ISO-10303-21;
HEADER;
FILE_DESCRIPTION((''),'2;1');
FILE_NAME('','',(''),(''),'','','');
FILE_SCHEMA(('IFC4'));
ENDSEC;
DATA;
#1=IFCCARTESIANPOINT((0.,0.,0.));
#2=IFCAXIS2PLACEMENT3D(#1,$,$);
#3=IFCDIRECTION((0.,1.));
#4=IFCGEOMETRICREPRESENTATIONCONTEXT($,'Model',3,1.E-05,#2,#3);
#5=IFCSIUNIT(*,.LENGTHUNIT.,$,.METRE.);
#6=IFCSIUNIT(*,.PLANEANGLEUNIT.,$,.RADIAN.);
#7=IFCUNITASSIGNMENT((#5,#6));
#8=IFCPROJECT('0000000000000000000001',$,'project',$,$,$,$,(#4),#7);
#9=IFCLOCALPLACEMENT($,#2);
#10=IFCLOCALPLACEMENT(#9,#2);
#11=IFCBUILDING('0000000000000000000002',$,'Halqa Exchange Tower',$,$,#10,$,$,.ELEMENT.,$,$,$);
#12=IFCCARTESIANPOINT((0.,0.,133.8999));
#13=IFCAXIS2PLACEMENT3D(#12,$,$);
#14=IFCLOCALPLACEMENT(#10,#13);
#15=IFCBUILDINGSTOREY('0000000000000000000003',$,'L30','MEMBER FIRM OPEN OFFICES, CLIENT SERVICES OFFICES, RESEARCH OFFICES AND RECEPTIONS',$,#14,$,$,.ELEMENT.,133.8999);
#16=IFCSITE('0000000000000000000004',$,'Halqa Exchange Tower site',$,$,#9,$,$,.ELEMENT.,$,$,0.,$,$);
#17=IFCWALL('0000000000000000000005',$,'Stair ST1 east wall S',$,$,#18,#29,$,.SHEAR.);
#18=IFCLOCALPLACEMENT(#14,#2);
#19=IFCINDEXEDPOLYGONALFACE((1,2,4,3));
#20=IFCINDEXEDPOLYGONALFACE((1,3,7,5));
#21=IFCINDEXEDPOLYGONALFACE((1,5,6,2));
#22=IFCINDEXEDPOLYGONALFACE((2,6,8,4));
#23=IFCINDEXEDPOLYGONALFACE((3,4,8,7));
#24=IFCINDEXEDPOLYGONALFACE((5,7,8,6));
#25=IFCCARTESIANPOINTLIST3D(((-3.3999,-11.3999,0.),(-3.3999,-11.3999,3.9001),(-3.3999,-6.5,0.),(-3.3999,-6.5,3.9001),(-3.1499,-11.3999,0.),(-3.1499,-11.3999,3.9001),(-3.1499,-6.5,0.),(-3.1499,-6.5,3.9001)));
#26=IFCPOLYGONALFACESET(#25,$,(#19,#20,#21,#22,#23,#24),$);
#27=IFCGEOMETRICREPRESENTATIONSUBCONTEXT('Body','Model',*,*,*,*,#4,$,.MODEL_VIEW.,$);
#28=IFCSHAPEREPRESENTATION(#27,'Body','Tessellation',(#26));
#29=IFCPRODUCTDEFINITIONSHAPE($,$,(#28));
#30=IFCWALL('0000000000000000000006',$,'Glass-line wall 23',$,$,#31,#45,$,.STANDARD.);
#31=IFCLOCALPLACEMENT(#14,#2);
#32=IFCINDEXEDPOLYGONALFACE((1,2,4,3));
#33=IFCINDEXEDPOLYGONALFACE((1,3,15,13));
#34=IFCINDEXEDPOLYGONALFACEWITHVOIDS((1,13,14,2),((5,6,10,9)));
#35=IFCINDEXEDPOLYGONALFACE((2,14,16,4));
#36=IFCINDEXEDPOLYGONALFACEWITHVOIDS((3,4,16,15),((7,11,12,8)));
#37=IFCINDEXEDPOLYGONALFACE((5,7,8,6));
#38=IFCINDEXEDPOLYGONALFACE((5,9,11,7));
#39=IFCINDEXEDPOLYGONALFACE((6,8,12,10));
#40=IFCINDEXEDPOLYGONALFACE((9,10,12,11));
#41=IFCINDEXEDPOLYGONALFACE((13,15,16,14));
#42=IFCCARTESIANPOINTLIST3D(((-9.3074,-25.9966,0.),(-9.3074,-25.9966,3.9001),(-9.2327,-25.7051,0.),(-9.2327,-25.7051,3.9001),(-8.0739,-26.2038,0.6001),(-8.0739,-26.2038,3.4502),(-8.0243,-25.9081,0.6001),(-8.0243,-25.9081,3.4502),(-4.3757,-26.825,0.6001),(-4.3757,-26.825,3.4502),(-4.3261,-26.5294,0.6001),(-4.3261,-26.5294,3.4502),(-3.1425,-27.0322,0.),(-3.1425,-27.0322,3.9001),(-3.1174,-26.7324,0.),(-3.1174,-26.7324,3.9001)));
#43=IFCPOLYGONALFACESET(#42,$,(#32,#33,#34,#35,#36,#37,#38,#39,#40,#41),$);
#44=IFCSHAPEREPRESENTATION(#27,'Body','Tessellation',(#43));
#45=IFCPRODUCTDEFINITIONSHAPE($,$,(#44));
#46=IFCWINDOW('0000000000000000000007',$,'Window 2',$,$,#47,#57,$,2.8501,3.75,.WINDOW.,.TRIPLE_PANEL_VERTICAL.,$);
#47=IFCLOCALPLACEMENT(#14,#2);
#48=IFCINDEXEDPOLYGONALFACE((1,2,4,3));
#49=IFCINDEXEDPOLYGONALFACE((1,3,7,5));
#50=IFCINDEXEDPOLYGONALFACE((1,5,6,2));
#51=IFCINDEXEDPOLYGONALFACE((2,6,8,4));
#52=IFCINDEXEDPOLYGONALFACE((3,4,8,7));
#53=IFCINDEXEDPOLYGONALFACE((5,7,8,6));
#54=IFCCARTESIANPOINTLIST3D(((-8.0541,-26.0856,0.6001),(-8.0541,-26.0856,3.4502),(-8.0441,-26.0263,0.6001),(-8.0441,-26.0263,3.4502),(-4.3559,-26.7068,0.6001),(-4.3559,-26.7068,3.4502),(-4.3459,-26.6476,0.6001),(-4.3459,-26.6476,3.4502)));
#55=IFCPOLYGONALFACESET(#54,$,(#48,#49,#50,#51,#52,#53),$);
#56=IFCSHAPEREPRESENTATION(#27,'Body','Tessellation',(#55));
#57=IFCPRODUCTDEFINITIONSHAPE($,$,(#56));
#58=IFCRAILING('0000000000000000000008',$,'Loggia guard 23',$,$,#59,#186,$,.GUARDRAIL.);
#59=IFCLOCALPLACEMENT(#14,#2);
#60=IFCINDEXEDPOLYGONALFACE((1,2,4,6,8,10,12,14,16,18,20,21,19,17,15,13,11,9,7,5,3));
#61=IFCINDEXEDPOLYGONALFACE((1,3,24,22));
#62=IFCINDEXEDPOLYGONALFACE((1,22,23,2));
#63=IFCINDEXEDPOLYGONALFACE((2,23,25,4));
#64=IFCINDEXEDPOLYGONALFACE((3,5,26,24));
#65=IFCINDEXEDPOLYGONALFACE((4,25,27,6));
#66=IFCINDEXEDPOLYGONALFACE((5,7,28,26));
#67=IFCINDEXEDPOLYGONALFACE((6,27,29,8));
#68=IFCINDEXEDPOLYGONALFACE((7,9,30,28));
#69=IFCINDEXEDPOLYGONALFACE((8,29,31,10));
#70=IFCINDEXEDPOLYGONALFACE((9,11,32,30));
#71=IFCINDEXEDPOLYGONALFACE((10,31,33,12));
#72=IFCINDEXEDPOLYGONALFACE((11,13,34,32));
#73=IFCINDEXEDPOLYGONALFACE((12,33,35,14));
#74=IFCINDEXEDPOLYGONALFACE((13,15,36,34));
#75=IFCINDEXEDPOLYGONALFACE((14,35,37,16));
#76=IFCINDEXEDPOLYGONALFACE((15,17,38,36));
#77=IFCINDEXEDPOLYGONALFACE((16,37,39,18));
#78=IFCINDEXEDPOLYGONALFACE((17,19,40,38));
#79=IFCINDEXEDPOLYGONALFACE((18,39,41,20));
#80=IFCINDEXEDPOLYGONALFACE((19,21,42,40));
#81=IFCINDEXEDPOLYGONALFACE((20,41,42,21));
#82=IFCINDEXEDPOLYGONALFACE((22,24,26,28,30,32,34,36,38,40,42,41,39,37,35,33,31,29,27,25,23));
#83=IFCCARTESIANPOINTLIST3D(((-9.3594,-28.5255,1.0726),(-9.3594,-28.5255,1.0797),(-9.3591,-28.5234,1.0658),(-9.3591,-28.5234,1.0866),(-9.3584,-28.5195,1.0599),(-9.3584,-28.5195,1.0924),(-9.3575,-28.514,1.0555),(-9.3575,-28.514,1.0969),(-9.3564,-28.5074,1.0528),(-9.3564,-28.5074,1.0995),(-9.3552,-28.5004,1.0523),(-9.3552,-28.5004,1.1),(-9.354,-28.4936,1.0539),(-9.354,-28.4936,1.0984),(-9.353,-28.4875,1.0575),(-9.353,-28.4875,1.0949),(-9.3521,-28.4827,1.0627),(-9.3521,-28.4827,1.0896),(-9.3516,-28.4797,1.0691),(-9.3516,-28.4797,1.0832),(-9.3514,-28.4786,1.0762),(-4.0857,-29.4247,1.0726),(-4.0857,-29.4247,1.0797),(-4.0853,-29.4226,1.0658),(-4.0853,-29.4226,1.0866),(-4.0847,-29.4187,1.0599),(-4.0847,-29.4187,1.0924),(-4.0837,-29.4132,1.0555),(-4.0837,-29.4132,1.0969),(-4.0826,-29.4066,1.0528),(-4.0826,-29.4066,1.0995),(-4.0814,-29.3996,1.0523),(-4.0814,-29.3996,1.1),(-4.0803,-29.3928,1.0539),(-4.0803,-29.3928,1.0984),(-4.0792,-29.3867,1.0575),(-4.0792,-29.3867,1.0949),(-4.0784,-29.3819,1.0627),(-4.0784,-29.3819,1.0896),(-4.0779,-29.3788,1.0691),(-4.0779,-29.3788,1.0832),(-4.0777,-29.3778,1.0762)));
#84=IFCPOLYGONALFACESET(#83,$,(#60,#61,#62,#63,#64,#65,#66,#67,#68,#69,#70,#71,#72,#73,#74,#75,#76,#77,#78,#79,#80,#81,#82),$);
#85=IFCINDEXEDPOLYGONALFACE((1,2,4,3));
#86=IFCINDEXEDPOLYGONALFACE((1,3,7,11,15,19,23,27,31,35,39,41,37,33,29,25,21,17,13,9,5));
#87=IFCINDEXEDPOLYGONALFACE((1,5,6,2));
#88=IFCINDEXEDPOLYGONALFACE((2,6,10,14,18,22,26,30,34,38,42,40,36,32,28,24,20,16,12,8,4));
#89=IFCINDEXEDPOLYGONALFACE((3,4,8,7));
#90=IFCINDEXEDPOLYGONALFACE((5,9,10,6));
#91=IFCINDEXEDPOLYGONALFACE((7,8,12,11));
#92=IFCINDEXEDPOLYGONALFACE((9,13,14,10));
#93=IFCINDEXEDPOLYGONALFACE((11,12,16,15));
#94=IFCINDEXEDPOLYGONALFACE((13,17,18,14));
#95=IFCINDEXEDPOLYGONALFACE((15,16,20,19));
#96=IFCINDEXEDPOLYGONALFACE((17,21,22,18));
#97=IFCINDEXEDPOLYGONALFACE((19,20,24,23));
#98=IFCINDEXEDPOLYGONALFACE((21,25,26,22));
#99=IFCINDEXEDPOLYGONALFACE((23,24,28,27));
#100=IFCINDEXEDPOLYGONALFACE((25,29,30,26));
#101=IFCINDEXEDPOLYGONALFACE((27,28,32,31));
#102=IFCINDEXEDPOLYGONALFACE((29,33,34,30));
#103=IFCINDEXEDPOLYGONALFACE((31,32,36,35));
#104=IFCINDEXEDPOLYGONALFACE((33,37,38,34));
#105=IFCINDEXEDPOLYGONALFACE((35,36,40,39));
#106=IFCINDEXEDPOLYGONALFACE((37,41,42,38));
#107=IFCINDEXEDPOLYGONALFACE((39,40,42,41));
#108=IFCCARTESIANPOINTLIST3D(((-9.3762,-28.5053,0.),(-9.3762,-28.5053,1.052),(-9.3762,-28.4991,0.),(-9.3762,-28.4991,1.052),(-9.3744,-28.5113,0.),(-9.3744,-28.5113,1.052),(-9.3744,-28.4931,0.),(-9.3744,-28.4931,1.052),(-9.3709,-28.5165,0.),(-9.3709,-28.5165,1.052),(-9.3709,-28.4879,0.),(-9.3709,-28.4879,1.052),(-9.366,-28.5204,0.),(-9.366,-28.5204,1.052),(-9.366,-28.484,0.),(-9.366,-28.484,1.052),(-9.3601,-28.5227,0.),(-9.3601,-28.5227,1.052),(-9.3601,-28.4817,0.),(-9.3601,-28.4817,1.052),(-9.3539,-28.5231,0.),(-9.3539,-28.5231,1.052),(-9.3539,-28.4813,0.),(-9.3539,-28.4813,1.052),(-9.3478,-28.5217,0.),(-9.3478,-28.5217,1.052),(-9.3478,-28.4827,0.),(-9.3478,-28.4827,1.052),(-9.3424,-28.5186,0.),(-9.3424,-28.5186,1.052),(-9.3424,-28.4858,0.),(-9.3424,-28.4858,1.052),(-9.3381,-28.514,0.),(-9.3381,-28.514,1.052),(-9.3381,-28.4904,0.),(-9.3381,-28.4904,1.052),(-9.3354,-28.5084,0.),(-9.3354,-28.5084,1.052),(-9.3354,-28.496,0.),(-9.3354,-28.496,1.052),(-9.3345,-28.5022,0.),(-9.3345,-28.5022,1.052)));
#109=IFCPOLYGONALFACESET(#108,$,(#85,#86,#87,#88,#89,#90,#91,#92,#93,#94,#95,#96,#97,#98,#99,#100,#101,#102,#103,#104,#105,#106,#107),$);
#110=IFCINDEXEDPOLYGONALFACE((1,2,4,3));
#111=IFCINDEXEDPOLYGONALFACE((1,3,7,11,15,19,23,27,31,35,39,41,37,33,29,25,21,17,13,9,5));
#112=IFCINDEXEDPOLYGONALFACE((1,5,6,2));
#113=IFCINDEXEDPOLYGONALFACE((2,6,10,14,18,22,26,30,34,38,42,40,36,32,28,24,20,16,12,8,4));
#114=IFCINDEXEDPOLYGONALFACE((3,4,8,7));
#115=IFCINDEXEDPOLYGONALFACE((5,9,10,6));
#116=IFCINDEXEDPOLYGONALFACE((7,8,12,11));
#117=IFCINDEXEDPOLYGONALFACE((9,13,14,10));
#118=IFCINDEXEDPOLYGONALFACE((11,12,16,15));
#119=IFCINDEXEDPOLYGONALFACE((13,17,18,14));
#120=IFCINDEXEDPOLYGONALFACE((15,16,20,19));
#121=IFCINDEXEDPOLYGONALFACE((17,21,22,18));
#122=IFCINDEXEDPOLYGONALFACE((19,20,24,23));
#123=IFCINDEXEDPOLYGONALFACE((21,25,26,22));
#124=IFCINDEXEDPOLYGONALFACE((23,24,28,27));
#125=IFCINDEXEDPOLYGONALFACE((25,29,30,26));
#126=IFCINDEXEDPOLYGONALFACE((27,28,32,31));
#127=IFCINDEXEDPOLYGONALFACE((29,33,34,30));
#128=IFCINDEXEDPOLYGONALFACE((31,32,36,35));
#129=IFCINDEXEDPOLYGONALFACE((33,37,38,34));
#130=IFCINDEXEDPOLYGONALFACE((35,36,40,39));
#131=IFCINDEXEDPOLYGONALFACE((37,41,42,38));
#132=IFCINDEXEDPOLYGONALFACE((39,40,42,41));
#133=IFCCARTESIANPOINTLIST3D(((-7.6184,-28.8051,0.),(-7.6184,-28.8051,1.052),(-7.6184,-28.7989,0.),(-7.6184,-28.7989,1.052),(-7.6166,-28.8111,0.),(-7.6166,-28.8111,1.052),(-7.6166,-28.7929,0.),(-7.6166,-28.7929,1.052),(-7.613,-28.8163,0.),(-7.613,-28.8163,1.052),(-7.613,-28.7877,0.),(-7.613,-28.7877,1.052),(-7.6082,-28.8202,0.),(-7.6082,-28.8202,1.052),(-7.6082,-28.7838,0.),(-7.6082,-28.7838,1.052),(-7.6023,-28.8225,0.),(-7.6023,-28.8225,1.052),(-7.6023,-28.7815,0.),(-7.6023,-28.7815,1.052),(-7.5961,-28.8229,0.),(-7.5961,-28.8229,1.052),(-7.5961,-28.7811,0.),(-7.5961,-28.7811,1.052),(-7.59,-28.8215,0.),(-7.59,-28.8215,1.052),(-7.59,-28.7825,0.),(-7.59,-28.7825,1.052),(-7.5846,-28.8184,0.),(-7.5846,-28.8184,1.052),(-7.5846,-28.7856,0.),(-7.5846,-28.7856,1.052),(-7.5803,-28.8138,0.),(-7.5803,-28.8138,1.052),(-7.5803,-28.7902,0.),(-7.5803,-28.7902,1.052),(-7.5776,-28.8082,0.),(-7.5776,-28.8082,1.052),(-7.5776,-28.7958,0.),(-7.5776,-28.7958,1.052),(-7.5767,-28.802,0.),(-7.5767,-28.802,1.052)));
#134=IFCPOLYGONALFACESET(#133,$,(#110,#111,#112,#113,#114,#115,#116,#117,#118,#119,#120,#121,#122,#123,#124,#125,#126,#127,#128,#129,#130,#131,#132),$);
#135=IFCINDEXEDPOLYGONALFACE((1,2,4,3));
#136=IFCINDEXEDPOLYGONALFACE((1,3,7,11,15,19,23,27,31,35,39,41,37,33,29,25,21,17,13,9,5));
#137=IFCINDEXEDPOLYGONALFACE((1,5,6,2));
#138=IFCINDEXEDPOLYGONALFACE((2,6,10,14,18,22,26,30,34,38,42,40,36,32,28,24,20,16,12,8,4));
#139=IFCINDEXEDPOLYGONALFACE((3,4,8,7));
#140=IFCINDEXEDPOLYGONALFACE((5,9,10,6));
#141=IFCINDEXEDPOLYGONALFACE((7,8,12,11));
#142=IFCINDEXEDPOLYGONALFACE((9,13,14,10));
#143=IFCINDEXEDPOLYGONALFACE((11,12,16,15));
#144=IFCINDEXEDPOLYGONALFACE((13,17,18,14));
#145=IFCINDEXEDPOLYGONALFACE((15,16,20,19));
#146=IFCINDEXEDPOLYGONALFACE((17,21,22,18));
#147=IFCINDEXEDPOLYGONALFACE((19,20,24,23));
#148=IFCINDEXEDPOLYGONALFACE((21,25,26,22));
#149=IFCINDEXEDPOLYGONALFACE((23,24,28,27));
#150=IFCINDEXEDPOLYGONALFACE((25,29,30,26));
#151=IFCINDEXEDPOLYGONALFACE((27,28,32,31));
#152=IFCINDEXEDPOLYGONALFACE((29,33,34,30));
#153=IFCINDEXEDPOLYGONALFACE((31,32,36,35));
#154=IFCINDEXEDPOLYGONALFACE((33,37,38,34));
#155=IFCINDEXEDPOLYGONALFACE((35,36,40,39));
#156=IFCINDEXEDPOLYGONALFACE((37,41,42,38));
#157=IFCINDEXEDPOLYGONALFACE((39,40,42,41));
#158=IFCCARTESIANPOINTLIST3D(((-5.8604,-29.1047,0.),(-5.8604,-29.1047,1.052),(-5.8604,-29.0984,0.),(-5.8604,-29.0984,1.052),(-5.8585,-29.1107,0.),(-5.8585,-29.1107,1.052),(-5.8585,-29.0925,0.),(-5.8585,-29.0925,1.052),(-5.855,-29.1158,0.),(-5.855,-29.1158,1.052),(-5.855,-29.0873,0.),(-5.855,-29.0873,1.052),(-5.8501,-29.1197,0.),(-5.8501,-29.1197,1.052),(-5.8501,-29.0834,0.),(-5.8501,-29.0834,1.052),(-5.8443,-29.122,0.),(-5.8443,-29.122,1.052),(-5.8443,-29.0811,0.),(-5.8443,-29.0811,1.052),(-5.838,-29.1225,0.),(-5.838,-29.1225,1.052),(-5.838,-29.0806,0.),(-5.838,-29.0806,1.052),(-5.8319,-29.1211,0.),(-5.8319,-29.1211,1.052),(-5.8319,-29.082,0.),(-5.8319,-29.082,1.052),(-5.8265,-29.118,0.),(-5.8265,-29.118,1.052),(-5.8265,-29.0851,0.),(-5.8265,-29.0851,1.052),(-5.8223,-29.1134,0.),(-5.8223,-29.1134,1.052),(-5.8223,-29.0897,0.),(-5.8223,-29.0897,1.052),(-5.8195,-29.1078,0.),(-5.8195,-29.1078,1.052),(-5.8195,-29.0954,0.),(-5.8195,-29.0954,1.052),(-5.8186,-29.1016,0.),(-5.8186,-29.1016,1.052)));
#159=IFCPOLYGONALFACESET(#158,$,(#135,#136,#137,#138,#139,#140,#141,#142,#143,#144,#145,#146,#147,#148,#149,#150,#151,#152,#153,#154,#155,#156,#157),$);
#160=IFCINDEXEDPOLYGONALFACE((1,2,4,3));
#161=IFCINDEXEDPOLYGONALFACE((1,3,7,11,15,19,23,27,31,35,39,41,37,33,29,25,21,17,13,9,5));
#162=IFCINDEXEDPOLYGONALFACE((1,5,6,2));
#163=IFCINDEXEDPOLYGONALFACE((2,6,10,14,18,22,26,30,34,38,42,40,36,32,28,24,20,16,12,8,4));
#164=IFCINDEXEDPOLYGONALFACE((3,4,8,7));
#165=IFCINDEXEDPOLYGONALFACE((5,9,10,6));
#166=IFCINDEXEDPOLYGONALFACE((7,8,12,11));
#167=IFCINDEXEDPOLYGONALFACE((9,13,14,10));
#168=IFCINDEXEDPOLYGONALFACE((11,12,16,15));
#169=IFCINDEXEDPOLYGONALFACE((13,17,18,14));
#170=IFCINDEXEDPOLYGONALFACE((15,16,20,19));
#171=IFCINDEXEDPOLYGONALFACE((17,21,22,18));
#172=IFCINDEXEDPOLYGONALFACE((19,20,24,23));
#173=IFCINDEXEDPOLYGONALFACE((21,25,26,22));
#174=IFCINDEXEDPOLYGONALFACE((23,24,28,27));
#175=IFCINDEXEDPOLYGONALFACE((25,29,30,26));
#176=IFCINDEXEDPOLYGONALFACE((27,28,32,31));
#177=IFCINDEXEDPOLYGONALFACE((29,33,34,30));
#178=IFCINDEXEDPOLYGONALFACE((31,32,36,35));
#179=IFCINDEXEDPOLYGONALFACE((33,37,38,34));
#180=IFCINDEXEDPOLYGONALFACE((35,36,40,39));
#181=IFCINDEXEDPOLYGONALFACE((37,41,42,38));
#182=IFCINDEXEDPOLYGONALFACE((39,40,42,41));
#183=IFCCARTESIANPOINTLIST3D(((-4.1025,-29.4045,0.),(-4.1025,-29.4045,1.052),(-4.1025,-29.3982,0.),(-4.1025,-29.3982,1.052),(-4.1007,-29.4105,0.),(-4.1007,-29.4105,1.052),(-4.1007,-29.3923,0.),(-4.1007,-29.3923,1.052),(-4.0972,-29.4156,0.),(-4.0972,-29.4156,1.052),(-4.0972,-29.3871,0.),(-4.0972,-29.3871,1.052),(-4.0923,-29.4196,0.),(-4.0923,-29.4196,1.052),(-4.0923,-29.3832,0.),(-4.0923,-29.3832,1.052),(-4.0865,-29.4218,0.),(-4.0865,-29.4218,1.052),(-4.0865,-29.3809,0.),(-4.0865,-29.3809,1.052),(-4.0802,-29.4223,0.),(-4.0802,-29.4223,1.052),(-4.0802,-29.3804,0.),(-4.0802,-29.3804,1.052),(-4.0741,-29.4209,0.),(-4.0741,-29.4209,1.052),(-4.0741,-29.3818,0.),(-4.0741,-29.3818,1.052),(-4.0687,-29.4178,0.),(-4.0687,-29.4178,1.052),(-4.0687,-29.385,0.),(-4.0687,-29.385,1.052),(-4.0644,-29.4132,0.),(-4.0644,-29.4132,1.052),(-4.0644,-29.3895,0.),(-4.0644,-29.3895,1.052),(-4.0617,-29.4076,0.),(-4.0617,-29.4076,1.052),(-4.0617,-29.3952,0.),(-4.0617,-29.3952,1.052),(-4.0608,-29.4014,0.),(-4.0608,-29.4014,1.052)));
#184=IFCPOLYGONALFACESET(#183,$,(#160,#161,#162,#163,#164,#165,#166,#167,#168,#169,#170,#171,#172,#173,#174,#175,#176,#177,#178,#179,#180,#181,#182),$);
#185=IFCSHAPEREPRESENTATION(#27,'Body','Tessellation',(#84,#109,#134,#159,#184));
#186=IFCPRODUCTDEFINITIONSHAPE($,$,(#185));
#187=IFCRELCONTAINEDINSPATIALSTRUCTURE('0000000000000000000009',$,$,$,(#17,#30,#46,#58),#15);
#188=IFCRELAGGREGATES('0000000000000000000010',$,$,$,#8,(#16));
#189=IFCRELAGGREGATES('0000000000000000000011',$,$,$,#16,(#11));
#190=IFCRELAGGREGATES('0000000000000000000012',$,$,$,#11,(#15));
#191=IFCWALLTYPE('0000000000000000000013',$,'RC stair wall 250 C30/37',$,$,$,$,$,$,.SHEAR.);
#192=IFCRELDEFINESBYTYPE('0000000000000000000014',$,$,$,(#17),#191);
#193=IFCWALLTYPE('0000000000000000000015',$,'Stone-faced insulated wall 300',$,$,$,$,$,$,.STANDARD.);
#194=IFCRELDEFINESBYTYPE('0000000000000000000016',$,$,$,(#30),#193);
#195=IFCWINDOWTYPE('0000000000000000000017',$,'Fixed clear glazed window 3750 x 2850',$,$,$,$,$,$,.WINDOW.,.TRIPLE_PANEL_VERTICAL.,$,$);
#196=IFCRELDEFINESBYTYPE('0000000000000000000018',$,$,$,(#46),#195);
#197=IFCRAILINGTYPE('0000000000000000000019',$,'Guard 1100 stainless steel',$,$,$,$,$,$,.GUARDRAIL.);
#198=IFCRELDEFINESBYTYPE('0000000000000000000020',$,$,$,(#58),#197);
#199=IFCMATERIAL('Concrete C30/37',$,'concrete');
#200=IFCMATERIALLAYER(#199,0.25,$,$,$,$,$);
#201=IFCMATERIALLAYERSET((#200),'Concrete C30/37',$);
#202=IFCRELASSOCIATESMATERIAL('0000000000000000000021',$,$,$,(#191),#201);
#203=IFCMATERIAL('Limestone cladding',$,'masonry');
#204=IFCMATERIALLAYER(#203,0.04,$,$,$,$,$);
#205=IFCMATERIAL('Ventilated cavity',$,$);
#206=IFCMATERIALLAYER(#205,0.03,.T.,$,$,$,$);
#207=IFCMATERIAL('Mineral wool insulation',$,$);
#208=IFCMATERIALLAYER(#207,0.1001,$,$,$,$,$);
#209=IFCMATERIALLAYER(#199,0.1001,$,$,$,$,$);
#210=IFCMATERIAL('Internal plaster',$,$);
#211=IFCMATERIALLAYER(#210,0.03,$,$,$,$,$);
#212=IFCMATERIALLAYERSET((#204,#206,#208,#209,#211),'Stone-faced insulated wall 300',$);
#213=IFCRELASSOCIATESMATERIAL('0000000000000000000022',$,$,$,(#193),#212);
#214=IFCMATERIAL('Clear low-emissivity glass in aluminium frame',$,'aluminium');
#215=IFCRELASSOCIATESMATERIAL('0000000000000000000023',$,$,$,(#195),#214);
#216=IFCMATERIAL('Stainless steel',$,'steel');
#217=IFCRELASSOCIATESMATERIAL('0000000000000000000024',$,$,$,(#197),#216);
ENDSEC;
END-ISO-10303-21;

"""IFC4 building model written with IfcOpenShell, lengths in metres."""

from ifc_helpers import new_model, si_unit, direction, frame, frame_2d, origin, origin_2d, place, context, subcontext, project, spatial, polyline, rectangle, circle, outline, extrude, material, layer, layer_set, type_object, element, fill, save


model = new_model("IFC4")

# Units and contexts
model_context = context("Model", 3, precision=1e-05, world=origin(), true_north=direction((0.0, 1.0)))
body_context = subcontext(model_context, "Body", "Model", "MODEL_VIEW")
ifc_project = project(units=[si_unit("LENGTHUNIT", "METRE"), si_unit("PLANEANGLEUNIT", "RADIAN")], contexts=[model_context])

# Site, building, storey
site_placement = place(None, origin())
site = spatial("IfcSite", under=ifc_project, at=site_placement, Name="Halqa Exchange Tower site", CompositionType="ELEMENT", RefElevation=0.0)
building_placement = place(site_placement, origin())
building = spatial("IfcBuilding", under=site, at=building_placement, Name="Halqa Exchange Tower", CompositionType="ELEMENT")
storey_placement = place(building_placement, frame((0.0, 0.0, 133.8999)))
storey = spatial("IfcBuildingStorey", under=building, at=storey_placement, Name="L30", Description="MEMBER FIRM OPEN OFFICES, CLIENT SERVICES OFFICES, RESEARCH OFFICES AND RECEPTIONS", CompositionType="ELEMENT", Elevation=133.8999)

# Wall
ifc_material_1 = material(Name="Concrete C30/37", Category="concrete")
ifc_layer_1 = layer(ifc_material_1, 0.25)
ifc_layer_set_1 = layer_set([ifc_layer_1], Name="Concrete C30/37")
wall_type_1 = type_object("IfcWallType", Name="RC stair wall 250 C30/37", PredefinedType="SHEAR", material=ifc_layer_set_1)
wall_1_placement = place(storey_placement, frame((-3.2749, -11.3999, 0.0), z_axis=(0.0, 0.0, 1.0), x_axis=(0.0, 1.0, 0.0)))
element("IfcWall", 1, at=wall_1_placement, inside=storey, type_object=wall_type_1, Name="Stair ST1 east wall S", PredefinedType="SHEAR", context=body_context, shape_type="SweptSolid", body=[
    extrude(rectangle(XDim=4.8999, YDim=0.25, at=frame_2d((2.45, 0.0))), origin(), (0.0, 0.0, 1.0), 3.9001),
])

# Wall, opening, window
ifc_material_2 = material(Name="Limestone cladding", Category="masonry")
ifc_layer_2 = layer(ifc_material_2, 0.04)
ifc_material_3 = material(Name="Ventilated cavity")
ifc_layer_3 = layer(ifc_material_3, 0.03, ventilated=True)
ifc_material_4 = material(Name="Mineral wool insulation")
ifc_layer_4 = layer(ifc_material_4, 0.1001)
ifc_layer_5 = layer(ifc_material_1, 0.1001)
ifc_material_5 = material(Name="Internal plaster")
ifc_layer_6 = layer(ifc_material_5, 0.03)
ifc_layer_set_2 = layer_set([ifc_layer_2, ifc_layer_3, ifc_layer_4, ifc_layer_5, ifc_layer_6], Name="Stone-faced insulated wall 300")
wall_type_2 = type_object("IfcWallType", Name="Stone-faced insulated wall 300", PredefinedType="STANDARD", material=ifc_layer_set_2)
wall_2_placement = place(storey_placement, frame((-9.27, -25.8508, 0.0), z_axis=(0.0, 0.0, 1.0), x_axis=(0.986181, -0.165671, 0.0)))
wall_2 = element("IfcWall", 2, at=wall_2_placement, inside=storey, type_object=wall_type_2, Name="Glass-line wall 23", PredefinedType="STANDARD", context=body_context, shape_type="SweptSolid", body=[
    extrude(outline(polyline([(-0.0127, -0.1499), (6.2385, -0.1499), (6.2136, 0.1499), (0.0127, 0.1499), (-0.0127, -0.1499)])), origin(), (0.0, 0.0, 1.0), 3.9001),
])
opening_1_placement = place(wall_2_placement, frame((1.238, 0.0, 0.6001)))
opening_1 = element("IfcOpeningElement", 3, at=opening_1_placement, cuts=wall_2, PredefinedType="OPENING", context=body_context, shape_type="SweptSolid", body=[
    extrude(rectangle(XDim=3.75, YDim=2.8501, at=frame_2d((1.875, 1.425))), frame((0.0, 0.1621, 0.0), z_axis=(0.0, -1.0, 0.0), x_axis=(1.0, 0.0, 0.0)), (0.0, 0.0, 1.0), 0.324),
])
ifc_material_6 = material(Name="Clear low-emissivity glass in aluminium frame", Category="aluminium")
window_type = type_object("IfcWindowType", Name="Fixed clear glazed window 3750 x 2850", PartitioningType="TRIPLE_PANEL_VERTICAL", PredefinedType="WINDOW", material=ifc_material_6)
window_placement = place(opening_1_placement, origin())
window = element("IfcWindow", 4, at=window_placement, inside=storey, type_object=window_type, Name="Window 2", OverallHeight=2.8501, OverallWidth=3.75, PartitioningType="TRIPLE_PANEL_VERTICAL", PredefinedType="WINDOW", context=body_context, shape_type="SweptSolid", body=[
    extrude(rectangle(XDim=3.75, YDim=2.8501, at=frame_2d((1.875, 1.425))), frame((0.0, 0.03, 0.0), z_axis=(0.0, -1.0, 0.0), x_axis=(1.0, 0.0, 0.0)), (0.0, 0.0, 1.0), 0.0601),
])
fill(opening_1, window)

# Railing
ifc_material_7 = material(Name="Stainless steel", Category="steel")
railing_type = type_object("IfcRailingType", Name="Guard 1100 stainless steel", PredefinedType="GUARDRAIL", material=ifc_material_7)
railing_1_placement = place(storey_placement, frame((-9.3555, -28.5022, 0.0)))
element("IfcRailing", 5, at=railing_1_placement, inside=storey, type_object=railing_type, Name="Loggia guard 23", PredefinedType="GUARDRAIL", context=body_context, shape_type="SweptSolid", body=[
    extrude(circle(Radius=0.0239, at=origin_2d()), frame((0.0, 0.0, 1.0762), z_axis=(0.985774, -0.168076, 0.0), x_axis=(0.168076, 0.985774, 0.0)), (0.0, 0.0, 1.0), 5.3499),
    extrude(circle(Radius=0.021, at=origin_2d()), origin(), (0.0, 0.0, 1.0), 1.052),
    extrude(circle(Radius=0.021, at=origin_2d()), frame((1.7578, -0.2998, 0.0)), (0.0, 0.0, 1.0), 1.052),
    extrude(circle(Radius=0.021, at=origin_2d()), frame((3.5159, -0.5994, 0.0)), (0.0, 0.0, 1.0), 1.052),
    extrude(circle(Radius=0.021, at=origin_2d()), frame((5.2737, -0.8992, 0.0)), (0.0, 0.0, 1.0), 1.052),
])

save(model, "model.ifc")
